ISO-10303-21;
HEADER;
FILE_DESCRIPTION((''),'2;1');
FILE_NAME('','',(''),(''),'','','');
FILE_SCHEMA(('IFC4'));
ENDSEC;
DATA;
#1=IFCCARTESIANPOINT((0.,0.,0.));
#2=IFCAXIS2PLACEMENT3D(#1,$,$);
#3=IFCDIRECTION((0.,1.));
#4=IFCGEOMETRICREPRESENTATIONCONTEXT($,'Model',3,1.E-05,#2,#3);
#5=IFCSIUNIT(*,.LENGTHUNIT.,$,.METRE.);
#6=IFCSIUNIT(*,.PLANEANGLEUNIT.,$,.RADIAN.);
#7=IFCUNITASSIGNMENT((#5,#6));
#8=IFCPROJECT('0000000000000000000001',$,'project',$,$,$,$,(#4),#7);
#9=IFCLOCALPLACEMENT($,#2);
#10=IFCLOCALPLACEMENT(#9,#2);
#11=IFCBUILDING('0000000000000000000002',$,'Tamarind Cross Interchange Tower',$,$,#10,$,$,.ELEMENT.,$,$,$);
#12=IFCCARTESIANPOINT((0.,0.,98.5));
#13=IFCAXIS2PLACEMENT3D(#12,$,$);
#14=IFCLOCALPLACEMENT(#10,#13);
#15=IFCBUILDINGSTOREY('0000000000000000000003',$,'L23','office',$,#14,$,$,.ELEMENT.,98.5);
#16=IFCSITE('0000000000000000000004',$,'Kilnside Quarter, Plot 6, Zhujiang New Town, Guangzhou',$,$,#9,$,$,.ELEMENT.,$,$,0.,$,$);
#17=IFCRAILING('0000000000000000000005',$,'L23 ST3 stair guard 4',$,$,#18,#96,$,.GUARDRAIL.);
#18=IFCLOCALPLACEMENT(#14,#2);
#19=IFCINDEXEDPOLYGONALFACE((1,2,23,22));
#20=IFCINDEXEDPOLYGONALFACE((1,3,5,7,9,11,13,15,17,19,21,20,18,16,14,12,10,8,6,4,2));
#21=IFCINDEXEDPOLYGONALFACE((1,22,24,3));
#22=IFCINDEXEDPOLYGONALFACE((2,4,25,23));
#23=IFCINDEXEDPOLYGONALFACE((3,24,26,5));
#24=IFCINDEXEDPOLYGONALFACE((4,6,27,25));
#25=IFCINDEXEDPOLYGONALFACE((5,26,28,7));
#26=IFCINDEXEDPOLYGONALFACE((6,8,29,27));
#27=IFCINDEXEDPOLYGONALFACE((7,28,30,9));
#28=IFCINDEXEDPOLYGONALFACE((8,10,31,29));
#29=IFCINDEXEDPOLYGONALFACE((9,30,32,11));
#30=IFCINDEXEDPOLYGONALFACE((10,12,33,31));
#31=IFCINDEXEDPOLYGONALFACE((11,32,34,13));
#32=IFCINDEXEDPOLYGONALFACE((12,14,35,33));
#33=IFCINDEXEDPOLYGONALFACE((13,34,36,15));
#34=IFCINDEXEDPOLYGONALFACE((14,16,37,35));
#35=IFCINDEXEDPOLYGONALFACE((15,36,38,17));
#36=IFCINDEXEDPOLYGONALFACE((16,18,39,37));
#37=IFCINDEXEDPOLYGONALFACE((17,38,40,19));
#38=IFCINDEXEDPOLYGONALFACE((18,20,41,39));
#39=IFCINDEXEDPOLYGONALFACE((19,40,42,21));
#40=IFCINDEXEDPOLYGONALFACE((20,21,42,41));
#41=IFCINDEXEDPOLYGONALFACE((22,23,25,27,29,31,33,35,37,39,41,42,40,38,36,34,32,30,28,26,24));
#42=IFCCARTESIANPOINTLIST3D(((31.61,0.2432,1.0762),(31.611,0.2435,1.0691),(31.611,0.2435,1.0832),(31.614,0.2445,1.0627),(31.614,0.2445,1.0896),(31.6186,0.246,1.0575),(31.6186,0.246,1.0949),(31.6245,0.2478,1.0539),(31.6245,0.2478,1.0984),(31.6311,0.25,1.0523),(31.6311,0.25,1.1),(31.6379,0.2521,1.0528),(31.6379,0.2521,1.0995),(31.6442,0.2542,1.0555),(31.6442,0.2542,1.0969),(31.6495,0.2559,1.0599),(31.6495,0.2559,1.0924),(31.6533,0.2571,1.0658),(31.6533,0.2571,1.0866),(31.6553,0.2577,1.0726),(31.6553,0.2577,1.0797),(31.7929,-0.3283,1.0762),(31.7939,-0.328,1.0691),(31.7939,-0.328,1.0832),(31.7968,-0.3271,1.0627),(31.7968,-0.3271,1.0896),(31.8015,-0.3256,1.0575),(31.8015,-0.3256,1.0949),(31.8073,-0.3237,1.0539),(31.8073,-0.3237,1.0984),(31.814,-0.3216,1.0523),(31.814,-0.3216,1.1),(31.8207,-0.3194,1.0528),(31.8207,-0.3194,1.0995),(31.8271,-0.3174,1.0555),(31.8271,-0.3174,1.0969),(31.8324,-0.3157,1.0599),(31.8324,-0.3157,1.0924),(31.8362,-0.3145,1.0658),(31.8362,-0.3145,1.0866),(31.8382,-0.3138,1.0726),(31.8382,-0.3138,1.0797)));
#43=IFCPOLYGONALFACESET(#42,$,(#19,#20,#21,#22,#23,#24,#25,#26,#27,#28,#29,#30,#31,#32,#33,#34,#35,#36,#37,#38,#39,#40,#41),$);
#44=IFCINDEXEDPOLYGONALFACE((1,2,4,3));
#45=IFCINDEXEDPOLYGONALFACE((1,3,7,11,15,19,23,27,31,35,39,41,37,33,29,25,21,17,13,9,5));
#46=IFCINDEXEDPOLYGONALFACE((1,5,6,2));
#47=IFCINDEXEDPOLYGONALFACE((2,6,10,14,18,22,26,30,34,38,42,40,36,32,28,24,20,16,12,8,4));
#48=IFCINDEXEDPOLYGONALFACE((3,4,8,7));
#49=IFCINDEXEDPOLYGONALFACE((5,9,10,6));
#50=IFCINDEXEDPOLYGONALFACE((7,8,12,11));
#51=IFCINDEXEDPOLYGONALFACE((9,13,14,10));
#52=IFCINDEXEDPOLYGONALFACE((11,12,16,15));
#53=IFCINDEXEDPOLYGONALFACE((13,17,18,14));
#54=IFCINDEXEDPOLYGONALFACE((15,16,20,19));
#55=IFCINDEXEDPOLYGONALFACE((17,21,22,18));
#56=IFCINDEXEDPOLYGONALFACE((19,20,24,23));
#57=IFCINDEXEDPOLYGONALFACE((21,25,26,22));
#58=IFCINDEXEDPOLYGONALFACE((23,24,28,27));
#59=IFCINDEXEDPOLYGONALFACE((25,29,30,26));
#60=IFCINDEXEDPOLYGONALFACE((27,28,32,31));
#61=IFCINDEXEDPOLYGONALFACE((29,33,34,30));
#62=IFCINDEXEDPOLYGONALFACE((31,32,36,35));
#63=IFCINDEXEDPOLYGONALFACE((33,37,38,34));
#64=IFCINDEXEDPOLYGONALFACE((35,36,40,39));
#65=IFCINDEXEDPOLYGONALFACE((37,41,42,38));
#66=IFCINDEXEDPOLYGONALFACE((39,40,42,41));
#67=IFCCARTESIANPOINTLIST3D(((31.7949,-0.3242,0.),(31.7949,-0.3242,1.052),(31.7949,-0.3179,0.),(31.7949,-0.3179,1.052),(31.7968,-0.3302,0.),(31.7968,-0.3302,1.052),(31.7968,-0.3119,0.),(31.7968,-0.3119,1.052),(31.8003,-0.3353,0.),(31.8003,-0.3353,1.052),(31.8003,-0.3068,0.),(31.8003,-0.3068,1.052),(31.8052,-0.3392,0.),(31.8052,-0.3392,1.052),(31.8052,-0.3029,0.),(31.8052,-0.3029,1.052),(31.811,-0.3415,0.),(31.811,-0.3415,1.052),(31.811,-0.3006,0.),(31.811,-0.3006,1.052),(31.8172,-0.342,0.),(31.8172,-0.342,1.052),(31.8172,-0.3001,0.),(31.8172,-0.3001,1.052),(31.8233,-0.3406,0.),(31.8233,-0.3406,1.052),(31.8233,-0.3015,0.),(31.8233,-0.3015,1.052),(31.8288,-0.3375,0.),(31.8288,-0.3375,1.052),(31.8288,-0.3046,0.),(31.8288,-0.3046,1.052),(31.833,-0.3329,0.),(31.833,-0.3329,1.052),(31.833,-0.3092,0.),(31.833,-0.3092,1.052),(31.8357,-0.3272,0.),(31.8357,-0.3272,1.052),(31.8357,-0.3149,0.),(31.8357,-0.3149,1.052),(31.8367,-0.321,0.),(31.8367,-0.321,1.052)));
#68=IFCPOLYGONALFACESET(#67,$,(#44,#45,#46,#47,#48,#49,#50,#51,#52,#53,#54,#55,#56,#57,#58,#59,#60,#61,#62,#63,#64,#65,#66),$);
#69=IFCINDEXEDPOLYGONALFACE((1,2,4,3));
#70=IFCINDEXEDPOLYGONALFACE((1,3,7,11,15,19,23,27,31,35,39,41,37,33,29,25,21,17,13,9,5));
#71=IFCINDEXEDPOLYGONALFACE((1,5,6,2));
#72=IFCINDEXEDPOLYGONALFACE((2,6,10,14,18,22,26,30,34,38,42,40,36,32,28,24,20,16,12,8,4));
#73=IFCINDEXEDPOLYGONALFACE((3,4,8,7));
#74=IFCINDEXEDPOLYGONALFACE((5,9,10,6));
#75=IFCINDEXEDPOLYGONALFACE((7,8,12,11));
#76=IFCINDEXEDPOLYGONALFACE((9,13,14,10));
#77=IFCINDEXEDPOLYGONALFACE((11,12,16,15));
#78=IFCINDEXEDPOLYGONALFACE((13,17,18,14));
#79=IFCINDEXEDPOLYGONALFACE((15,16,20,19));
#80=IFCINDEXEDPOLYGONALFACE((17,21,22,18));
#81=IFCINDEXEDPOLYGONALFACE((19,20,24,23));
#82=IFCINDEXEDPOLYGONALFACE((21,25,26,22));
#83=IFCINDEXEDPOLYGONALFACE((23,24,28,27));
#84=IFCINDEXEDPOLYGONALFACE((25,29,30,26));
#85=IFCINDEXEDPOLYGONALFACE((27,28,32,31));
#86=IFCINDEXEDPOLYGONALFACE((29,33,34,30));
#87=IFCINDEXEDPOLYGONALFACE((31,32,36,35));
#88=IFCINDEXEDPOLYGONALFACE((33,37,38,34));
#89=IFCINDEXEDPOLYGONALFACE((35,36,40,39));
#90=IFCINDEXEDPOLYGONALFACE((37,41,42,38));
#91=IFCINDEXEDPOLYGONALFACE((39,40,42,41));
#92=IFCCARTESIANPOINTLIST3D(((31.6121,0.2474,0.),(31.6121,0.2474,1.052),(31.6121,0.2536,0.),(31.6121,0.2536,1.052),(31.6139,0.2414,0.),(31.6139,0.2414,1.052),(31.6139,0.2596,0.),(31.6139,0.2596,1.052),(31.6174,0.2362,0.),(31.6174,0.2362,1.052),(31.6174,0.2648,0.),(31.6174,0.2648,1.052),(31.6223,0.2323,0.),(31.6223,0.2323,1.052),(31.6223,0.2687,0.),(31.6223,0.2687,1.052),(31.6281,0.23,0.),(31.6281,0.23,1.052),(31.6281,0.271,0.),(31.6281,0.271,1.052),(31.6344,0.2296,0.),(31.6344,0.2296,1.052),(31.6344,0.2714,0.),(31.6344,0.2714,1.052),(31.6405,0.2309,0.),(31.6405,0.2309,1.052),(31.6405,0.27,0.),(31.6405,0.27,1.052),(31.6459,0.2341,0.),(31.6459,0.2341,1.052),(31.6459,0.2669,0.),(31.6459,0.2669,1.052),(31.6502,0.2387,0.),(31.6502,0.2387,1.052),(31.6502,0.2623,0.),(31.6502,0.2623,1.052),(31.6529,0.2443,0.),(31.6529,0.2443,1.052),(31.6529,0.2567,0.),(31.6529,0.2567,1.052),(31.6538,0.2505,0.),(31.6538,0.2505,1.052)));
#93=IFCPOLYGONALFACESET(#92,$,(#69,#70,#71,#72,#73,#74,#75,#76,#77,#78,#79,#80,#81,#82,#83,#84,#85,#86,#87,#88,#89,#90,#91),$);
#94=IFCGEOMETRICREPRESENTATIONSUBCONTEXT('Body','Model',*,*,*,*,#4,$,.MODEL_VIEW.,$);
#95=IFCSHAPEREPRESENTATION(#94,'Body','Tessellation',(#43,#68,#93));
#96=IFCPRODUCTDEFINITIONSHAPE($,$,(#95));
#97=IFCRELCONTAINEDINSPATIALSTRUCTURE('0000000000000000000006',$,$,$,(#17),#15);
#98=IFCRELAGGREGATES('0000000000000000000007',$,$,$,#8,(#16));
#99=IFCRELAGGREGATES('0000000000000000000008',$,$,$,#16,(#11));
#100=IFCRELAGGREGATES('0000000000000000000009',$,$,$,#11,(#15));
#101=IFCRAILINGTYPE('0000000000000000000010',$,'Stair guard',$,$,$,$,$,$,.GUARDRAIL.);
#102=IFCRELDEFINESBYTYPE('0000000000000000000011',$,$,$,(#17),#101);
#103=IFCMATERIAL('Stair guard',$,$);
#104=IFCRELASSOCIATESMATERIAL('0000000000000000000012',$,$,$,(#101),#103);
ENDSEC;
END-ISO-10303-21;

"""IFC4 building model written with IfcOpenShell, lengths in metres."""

from ifc_helpers import new_model, si_unit, direction, frame, origin, origin_2d, place, context, subcontext, project, spatial, circle, extrude, material, type_object, element, save


model = new_model("IFC4")

# Units and contexts
model_context = context("Model", 3, precision=1e-05, world=origin(), true_north=direction((0.0, 1.0)))
body_context = subcontext(model_context, "Body", "Model", "MODEL_VIEW")
ifc_project = project(units=[si_unit("LENGTHUNIT", "METRE"), si_unit("PLANEANGLEUNIT", "RADIAN")], contexts=[model_context])

# Site, building, storey
site_placement = place(None, origin())
site = spatial("IfcSite", under=ifc_project, at=site_placement, Name="Kilnside Quarter, Plot 6, Zhujiang New Town, Guangzhou", CompositionType="ELEMENT", RefElevation=0.0)
building_placement = place(site_placement, origin())
building = spatial("IfcBuilding", under=site, at=building_placement, Name="Tamarind Cross Interchange Tower", CompositionType="ELEMENT")
storey_placement = place(building_placement, frame((0.0, 0.0, 98.5)))
storey = spatial("IfcBuildingStorey", under=building, at=storey_placement, Name="L23", Description="office", CompositionType="ELEMENT", Elevation=98.5)

# Railing
ifc_material_1 = material(Name="Stair guard")
railing_type_1 = type_object("IfcRailingType", Name="Stair guard", PredefinedType="GUARDRAIL", material=ifc_material_1)
railing_1_placement = place(storey_placement, frame((31.8157, -0.321, 0.0)))
element("IfcRailing", 1, at=railing_1_placement, inside=storey, type_object=railing_type_1, Name="L23 ST3 stair guard 4", PredefinedType="GUARDRAIL", context=body_context, shape_type="SweptSolid", body=[
    extrude(circle(Radius=0.0239, at=origin_2d()), frame((0.0, 0.0, 1.0762), z_axis=(-0.304731, 0.952438, 0.0), x_axis=(-0.952438, -0.304731, 0.0)), (0.0, 0.0, 1.0), 0.6001),
    extrude(circle(Radius=0.021, at=origin_2d()), origin(), (0.0, 0.0, 1.0), 1.052),
    extrude(circle(Radius=0.021, at=origin_2d()), frame((-0.1829, 0.5715, 0.0)), (0.0, 0.0, 1.0), 1.052),
])

save(model, "model.ifc")
